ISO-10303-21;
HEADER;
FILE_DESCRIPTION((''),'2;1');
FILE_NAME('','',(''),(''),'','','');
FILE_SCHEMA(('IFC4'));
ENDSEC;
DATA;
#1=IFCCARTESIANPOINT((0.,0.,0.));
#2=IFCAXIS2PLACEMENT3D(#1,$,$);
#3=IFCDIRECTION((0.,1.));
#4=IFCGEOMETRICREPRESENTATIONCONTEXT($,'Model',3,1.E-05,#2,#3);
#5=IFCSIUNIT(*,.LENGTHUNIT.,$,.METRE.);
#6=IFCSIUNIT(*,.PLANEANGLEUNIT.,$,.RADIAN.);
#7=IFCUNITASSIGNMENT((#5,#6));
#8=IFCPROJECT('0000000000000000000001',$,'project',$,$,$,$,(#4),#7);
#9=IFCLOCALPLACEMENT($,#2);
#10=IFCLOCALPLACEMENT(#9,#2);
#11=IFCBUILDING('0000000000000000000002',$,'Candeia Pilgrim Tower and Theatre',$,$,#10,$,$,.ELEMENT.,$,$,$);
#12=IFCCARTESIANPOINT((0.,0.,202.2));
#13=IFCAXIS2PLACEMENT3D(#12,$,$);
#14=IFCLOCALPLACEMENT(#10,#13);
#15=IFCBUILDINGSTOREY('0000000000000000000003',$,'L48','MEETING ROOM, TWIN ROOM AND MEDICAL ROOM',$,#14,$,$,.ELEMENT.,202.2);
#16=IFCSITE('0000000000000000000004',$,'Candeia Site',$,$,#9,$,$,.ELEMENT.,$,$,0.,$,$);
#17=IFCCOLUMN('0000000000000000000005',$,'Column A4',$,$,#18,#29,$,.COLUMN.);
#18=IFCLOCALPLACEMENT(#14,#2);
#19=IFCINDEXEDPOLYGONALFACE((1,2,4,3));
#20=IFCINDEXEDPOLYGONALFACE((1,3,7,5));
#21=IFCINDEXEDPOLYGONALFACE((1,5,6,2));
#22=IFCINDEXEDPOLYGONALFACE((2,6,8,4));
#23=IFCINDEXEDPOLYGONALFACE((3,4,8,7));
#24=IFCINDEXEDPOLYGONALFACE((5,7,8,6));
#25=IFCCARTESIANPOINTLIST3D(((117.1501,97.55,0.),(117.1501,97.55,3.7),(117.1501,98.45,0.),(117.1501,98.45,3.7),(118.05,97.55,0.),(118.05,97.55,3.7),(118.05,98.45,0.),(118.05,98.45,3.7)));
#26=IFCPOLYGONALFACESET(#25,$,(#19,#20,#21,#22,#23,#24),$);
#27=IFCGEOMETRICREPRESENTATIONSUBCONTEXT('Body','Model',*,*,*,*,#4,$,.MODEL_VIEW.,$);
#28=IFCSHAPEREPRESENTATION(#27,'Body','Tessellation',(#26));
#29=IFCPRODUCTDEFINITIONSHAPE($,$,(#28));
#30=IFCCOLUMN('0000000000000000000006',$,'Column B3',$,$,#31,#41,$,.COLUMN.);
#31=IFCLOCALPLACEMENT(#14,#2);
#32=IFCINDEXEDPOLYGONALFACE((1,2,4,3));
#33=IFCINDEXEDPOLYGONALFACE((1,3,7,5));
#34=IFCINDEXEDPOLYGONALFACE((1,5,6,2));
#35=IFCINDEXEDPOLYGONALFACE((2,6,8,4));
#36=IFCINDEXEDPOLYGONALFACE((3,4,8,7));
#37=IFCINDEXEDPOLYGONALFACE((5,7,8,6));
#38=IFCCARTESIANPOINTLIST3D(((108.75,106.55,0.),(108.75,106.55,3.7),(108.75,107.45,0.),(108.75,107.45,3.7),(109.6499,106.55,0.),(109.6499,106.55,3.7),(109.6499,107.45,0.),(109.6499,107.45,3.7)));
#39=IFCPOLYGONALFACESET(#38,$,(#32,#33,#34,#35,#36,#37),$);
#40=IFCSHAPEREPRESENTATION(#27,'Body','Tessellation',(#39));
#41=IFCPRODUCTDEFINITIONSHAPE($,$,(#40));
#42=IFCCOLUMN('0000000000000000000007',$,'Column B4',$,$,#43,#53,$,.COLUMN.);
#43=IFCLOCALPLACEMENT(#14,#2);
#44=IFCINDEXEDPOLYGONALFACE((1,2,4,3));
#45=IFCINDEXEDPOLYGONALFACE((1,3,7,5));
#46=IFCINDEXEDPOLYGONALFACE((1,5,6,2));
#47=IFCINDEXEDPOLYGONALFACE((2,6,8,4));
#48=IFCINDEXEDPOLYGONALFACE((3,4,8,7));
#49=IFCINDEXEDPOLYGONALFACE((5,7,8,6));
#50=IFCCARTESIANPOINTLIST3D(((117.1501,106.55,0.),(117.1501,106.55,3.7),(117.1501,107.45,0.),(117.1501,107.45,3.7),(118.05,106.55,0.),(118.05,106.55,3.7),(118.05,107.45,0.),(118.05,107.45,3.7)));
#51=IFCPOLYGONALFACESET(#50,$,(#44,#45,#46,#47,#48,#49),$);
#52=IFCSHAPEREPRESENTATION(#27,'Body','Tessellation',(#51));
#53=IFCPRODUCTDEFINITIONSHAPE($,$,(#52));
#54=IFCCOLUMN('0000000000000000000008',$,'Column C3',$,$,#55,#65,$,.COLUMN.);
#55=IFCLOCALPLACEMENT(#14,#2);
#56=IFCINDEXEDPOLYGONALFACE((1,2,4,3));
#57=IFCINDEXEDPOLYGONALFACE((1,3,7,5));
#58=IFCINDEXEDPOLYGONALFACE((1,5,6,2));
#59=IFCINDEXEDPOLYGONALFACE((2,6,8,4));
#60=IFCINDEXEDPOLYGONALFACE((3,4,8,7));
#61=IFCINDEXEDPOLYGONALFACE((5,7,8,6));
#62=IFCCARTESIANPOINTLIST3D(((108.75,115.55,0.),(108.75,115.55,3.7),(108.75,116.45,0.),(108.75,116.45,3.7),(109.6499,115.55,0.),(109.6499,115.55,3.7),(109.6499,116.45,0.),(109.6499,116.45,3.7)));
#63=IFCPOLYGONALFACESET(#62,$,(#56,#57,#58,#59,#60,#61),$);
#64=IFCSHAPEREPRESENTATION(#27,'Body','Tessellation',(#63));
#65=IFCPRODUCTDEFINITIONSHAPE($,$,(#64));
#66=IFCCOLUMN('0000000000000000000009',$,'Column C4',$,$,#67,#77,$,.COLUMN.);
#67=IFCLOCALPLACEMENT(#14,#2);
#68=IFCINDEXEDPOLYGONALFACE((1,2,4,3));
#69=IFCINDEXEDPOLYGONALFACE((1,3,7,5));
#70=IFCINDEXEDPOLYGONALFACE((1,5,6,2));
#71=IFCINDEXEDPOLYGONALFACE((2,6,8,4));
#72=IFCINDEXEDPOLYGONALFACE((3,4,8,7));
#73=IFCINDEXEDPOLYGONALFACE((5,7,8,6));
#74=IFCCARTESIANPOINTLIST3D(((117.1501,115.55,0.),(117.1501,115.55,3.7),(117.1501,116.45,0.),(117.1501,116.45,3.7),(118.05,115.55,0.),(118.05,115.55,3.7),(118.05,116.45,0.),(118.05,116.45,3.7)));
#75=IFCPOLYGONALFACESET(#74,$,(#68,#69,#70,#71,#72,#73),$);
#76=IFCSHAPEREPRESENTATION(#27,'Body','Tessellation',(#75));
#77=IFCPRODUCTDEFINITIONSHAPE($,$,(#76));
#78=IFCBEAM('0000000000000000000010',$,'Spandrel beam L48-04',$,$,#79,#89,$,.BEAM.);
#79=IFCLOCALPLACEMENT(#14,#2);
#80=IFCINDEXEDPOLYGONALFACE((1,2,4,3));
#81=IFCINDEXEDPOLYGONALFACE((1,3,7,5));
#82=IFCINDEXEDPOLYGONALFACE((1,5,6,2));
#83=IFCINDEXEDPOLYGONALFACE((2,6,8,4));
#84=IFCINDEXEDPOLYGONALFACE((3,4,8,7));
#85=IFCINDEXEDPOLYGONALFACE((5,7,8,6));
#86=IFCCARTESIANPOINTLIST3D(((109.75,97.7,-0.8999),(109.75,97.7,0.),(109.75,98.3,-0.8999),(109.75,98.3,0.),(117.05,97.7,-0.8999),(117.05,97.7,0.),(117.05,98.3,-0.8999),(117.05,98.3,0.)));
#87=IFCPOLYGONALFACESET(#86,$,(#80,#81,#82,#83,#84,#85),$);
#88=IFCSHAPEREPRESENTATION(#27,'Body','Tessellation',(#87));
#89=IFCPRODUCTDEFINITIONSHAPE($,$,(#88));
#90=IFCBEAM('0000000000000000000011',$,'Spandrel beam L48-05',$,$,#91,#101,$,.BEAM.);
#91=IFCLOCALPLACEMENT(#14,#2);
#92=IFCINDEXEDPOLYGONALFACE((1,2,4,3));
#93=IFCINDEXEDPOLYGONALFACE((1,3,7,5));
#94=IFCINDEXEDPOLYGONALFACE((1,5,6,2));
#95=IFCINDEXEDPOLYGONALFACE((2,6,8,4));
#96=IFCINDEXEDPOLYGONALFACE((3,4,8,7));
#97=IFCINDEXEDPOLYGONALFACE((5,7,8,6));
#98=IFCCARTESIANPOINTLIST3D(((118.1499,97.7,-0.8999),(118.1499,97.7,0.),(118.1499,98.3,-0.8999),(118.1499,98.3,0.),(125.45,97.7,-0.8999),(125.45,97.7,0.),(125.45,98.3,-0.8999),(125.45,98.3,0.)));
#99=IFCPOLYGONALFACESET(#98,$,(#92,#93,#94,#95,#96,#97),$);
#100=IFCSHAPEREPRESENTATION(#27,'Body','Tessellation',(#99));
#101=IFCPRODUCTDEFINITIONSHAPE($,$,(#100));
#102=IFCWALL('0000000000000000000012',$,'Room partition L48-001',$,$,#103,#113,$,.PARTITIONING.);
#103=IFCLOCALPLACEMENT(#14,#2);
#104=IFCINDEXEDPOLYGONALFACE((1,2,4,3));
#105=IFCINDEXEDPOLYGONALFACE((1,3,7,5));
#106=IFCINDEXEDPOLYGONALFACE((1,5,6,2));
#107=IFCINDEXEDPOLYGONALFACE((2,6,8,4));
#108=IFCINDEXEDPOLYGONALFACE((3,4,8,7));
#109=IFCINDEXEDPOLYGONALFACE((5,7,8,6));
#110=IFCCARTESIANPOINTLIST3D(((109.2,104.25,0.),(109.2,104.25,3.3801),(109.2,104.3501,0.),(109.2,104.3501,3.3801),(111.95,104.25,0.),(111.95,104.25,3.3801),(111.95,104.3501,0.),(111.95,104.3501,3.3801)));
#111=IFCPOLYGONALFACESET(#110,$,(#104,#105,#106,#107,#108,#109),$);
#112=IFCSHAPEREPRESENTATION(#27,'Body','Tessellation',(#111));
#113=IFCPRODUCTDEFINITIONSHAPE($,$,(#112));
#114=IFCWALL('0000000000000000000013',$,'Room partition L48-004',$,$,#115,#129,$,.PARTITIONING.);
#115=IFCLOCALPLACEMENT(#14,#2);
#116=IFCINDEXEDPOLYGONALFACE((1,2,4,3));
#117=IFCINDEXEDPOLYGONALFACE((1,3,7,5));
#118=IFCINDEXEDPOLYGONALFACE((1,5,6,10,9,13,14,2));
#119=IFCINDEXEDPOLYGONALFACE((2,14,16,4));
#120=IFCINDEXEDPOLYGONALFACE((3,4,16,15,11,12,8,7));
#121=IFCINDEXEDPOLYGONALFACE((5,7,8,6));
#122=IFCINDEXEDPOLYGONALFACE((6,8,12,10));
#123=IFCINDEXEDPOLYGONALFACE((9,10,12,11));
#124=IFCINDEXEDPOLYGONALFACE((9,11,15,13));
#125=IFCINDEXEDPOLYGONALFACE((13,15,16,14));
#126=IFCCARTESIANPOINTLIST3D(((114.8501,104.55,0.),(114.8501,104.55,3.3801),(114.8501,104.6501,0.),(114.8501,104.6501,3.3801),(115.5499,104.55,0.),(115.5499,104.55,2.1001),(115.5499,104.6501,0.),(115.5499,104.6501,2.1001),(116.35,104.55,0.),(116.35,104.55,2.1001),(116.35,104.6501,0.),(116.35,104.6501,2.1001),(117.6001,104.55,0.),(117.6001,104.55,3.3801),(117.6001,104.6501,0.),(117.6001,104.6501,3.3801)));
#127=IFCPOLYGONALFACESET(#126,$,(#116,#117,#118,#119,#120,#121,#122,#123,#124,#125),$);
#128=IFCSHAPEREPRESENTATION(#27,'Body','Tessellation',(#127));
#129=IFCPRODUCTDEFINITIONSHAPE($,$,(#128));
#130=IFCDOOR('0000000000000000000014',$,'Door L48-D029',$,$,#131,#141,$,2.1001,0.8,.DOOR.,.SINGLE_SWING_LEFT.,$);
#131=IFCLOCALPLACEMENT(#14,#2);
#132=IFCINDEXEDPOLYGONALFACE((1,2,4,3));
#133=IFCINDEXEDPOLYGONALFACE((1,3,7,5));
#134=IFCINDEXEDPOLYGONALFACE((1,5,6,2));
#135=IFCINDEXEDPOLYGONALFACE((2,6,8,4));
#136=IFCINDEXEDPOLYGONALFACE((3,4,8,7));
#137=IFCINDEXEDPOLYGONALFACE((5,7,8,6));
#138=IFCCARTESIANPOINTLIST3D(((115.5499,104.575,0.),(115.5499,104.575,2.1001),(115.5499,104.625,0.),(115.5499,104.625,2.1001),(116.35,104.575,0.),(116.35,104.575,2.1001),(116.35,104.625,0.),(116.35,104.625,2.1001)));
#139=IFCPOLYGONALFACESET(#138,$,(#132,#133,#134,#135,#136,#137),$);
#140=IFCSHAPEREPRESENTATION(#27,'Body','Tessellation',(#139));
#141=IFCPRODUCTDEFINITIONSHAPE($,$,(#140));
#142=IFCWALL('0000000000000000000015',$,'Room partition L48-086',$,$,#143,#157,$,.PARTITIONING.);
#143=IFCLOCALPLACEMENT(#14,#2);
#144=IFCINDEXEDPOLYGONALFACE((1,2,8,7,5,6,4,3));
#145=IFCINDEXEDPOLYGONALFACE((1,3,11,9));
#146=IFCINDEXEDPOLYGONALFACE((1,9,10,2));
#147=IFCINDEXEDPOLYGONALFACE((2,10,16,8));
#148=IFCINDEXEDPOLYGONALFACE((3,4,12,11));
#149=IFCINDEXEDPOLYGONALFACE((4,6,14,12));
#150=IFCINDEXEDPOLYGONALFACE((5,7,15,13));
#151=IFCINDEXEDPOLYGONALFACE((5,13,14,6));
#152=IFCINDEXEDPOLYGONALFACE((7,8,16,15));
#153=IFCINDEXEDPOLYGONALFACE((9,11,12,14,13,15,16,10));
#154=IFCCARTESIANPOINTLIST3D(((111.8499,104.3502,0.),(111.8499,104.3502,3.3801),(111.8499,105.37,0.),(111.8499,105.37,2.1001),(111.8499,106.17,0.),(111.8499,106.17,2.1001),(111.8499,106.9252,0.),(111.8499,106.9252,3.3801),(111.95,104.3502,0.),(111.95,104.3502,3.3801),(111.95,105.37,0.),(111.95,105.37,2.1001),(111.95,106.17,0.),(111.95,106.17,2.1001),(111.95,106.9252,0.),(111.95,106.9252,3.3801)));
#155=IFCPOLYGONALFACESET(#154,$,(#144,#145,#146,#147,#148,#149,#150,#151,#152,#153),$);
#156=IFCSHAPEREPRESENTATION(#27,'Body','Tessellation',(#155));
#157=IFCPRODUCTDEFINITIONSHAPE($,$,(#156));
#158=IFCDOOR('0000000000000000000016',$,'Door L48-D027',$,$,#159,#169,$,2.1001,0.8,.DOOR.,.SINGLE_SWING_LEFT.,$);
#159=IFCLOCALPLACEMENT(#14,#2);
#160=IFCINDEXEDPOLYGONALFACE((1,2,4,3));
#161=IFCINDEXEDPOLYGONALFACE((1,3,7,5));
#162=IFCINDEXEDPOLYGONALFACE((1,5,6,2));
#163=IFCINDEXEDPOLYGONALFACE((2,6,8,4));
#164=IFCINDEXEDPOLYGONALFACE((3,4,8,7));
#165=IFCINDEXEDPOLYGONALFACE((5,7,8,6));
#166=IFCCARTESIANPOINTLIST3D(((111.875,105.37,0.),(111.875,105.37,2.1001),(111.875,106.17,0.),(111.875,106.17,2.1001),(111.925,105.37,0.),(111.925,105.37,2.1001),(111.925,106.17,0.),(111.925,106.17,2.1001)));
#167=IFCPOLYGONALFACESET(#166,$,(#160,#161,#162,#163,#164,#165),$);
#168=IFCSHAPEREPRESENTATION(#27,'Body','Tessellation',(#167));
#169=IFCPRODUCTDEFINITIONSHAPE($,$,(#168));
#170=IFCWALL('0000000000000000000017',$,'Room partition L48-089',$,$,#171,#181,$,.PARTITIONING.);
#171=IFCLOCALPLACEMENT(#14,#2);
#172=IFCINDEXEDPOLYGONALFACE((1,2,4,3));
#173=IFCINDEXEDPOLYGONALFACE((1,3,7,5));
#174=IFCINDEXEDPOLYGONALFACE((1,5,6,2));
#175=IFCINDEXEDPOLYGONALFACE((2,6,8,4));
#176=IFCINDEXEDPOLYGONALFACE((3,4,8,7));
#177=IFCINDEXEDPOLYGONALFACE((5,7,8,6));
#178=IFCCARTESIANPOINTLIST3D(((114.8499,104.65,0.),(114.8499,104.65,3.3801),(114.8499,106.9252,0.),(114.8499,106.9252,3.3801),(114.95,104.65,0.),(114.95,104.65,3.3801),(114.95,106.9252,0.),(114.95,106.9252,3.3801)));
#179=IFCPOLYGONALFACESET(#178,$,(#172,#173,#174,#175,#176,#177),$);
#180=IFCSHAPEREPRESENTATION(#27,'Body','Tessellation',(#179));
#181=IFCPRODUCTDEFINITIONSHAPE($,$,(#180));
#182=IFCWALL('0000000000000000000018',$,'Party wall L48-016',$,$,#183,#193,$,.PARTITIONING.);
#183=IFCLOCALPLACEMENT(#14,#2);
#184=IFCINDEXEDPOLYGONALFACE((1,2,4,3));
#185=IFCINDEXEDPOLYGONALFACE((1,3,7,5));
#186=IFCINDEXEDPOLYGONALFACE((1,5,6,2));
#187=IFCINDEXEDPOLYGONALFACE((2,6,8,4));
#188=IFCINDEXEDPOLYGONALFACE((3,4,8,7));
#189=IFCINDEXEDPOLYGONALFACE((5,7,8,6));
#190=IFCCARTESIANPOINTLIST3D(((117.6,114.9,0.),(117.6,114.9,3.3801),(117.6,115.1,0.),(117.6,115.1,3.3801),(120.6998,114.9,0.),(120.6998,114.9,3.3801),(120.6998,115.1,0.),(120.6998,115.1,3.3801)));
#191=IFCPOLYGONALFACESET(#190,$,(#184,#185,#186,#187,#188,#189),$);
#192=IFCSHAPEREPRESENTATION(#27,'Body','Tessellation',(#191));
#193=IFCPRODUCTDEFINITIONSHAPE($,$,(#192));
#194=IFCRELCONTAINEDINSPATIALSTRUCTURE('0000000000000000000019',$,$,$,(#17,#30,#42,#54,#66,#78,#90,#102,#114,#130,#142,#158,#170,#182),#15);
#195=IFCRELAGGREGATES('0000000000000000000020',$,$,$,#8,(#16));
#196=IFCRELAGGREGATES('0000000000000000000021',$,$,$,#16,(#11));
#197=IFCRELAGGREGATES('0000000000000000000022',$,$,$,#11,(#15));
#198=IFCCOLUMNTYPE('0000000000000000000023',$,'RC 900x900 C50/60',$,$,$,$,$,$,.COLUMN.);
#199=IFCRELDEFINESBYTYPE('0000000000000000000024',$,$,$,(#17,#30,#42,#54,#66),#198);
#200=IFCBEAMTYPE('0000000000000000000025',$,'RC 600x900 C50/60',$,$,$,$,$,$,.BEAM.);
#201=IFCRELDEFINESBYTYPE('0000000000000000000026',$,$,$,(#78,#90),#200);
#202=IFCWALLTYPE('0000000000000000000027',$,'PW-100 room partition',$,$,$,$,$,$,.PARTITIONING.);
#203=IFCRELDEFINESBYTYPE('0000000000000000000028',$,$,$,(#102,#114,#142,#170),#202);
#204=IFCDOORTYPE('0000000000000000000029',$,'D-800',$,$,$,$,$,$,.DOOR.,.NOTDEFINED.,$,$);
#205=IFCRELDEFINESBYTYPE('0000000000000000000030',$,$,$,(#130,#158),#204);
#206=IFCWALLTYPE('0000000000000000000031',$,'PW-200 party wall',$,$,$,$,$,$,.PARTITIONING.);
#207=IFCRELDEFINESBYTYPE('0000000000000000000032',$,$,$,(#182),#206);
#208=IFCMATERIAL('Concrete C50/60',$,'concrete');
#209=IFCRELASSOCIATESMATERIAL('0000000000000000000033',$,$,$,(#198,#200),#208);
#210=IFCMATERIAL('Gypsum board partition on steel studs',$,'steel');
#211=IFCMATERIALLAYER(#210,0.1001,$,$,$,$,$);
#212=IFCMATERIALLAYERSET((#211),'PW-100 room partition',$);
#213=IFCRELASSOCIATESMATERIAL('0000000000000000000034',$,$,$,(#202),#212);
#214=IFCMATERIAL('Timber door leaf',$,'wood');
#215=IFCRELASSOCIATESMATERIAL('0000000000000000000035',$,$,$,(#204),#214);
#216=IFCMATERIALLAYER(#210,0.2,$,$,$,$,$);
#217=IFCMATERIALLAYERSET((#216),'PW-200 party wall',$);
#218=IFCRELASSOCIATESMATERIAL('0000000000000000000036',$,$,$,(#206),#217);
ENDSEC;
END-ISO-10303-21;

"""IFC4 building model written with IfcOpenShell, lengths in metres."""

from ifc_helpers import new_model, si_unit, direction, frame, frame_2d, origin, origin_2d, place, context, subcontext, project, spatial, rectangle, extrude, material, layer, layer_set, material_profile, profile_set, type_object, element, fill, save


model = new_model("IFC4")

# Units and contexts
model_context = context("Model", 3, precision=1e-05, world=origin(), true_north=direction((0.0, 1.0)))
body_context = subcontext(model_context, "Body", "Model", "MODEL_VIEW")
ifc_project = project(units=[si_unit("LENGTHUNIT", "METRE"), si_unit("PLANEANGLEUNIT", "RADIAN")], contexts=[model_context])

# Site, building, storey
site_placement = place(None, origin())
site = spatial("IfcSite", under=ifc_project, at=site_placement, Name="Candeia Site", CompositionType="ELEMENT", RefElevation=0.0)
building_placement = place(site_placement, origin())
building = spatial("IfcBuilding", under=site, at=building_placement, Name="Candeia Pilgrim Tower and Theatre", CompositionType="ELEMENT")
storey_placement = place(building_placement, frame((0.0, 0.0, 202.2)))
storey = spatial("IfcBuildingStorey", under=building, at=storey_placement, Name="L48", Description="MEETING ROOM, TWIN ROOM AND MEDICAL ROOM", CompositionType="ELEMENT", Elevation=202.2)

# Columns
ifc_material_1 = material(Name="Concrete C50/60", Category="concrete")
ifc_material_profile_1 = material_profile(ifc_material_1, rectangle(XDim=0.8999, YDim=0.8999, at=origin_2d()))
ifc_profile_set_1 = profile_set([ifc_material_profile_1], Name="Concrete C50/60")
column_type = type_object("IfcColumnType", Name="RC 900x900 C50/60", PredefinedType="COLUMN", material=ifc_profile_set_1)
for number, where, z_axis, x_axis, name in (
    (1, (117.6001, 98.0, 0.0), (0.0, 0.0, 1.0), (1.0, 0.0, 0.0), "Column A4"),
    (2, (109.2, 107.0, 0.0), (0.0, 0.0, 1.0), (1.0, 0.0, 0.0), "Column B3"),
    (3, (117.6001, 107.0, 0.0), (0.0, 0.0, 1.0), (1.0, 0.0, 0.0), "Column B4"),
    (4, (109.2, 116.0, 0.0), (0.0, 0.0, 1.0), (1.0, 0.0, 0.0), "Column C3"),
    (5, (117.6001, 116.0, 0.0), (0.0, 0.0, 1.0), (1.0, 0.0, 0.0), "Column C4"),
):
    element("IfcColumn", number, at=place(storey_placement, frame(where, z_axis=z_axis, x_axis=x_axis)), inside=storey, type_object=column_type, Name=name, PredefinedType="COLUMN", context=body_context, shape_type="SweptSolid", body=[
        extrude(rectangle(XDim=0.8999, YDim=0.8999, at=origin_2d()), origin(), (0.0, 0.0, 1.0), 3.7),
    ])

# Beams
ifc_material_profile_2 = material_profile(ifc_material_1, rectangle(XDim=0.6001, YDim=0.8999, at=origin_2d()))
ifc_profile_set_2 = profile_set([ifc_material_profile_2], Name="Concrete C50/60")
beam_type = type_object("IfcBeamType", Name="RC 600x900 C50/60", PredefinedType="BEAM", material=ifc_profile_set_2)
for number, where, z_axis, x_axis, name in (
    (6, (109.75, 98.0, -0.45), (1.0, 0.0, 0.0), (0.0, 1.0, 0.0), "Spandrel beam L48-04"),
    (7, (118.1499, 98.0, -0.45), (1.0, 0.0, 0.0), (0.0, 1.0, 0.0), "Spandrel beam L48-05"),
):
    element("IfcBeam", number, at=place(storey_placement, frame(where, z_axis=z_axis, x_axis=x_axis)), inside=storey, type_object=beam_type, Name=name, PredefinedType="BEAM", context=body_context, shape_type="SweptSolid", body=[
        extrude(rectangle(XDim=0.6001, YDim=0.8999, at=origin_2d()), origin(), (0.0, 0.0, 1.0), 7.3),
    ])

# Wall
ifc_material_2 = material(Name="Gypsum board partition on steel studs", Category="steel")
ifc_layer_1 = layer(ifc_material_2, 0.1001)
ifc_layer_set_1 = layer_set([ifc_layer_1], Name="PW-100 room partition")
wall_type_1 = type_object("IfcWallType", Name="PW-100 room partition", PredefinedType="PARTITIONING", material=ifc_layer_set_1)
wall_1_placement = place(storey_placement, frame((109.2, 104.3, 0.0), z_axis=(0.0, 0.0, 1.0), x_axis=(1.0, 0.0, 0.0)))
element("IfcWall", 8, at=wall_1_placement, inside=storey, type_object=wall_type_1, Name="Room partition L48-001", PredefinedType="PARTITIONING", context=body_context, shape_type="SweptSolid", body=[
    extrude(rectangle(XDim=2.75, YDim=0.1001, at=frame_2d((1.375, 0.0))), origin(), (0.0, 0.0, 1.0), 3.3801),
])

# Walls, openings, doors
wall_2_placement = place(storey_placement, frame((114.8501, 104.6001, 0.0), z_axis=(0.0, 0.0, 1.0), x_axis=(1.0, 0.0, 0.0)))
wall_2 = element("IfcWall", 9, at=wall_2_placement, inside=storey, type_object=wall_type_1, Name="Room partition L48-004", PredefinedType="PARTITIONING", context=body_context, shape_type="SweptSolid", body=[
    extrude(rectangle(XDim=2.75, YDim=0.1001, at=frame_2d((1.375, 0.0))), origin(), (0.0, 0.0, 1.0), 3.3801),
])
opening_1_placement = place(wall_2_placement, frame((0.7, 0.0, 0.0)))
opening_1 = element("IfcOpeningElement", 10, at=opening_1_placement, cuts=wall_2, PredefinedType="OPENING", context=body_context, shape_type="SweptSolid", body=[
    extrude(rectangle(XDim=0.8, YDim=2.1001, at=frame_2d((0.3999, 1.05))), frame((0.0, 0.0601, 0.0), z_axis=(0.0, -1.0, 0.0), x_axis=(1.0, 0.0, 0.0)), (0.0, 0.0, 1.0), 0.1201),
])
ifc_material_3 = material(Name="Timber door leaf", Category="wood")
door_type = type_object("IfcDoorType", Name="D-800", OperationType="NOTDEFINED", PredefinedType="DOOR", material=ifc_material_3)
door_1_placement = place(opening_1_placement, origin())
door_1 = element("IfcDoor", 11, at=door_1_placement, inside=storey, type_object=door_type, Name="Door L48-D029", OperationType="SINGLE_SWING_LEFT", OverallHeight=2.1001, OverallWidth=0.8, PredefinedType="DOOR", context=body_context, shape_type="SweptSolid", body=[
    extrude(rectangle(XDim=0.8, YDim=2.1001, at=frame_2d((0.3999, 1.05))), frame((0.0, 0.0249, 0.0), z_axis=(0.0, -1.0, 0.0), x_axis=(1.0, 0.0, 0.0)), (0.0, 0.0, 1.0), 0.05),
])
fill(opening_1, door_1)
wall_3_placement = place(storey_placement, frame((111.8999, 104.3501, 0.0), z_axis=(0.0, 0.0, 1.0), x_axis=(0.0, 1.0, 0.0)))
wall_3 = element("IfcWall", 12, at=wall_3_placement, inside=storey, type_object=wall_type_1, Name="Room partition L48-086", PredefinedType="PARTITIONING", context=body_context, shape_type="SweptSolid", body=[
    extrude(rectangle(XDim=2.575, YDim=0.1001, at=frame_2d((1.2876, 0.0))), origin(), (0.0, 0.0, 1.0), 3.3801),
])
opening_2_placement = place(wall_3_placement, frame((1.02, 0.0, 0.0)))
opening_2 = element("IfcOpeningElement", 13, at=opening_2_placement, cuts=wall_3, PredefinedType="OPENING", context=body_context, shape_type="SweptSolid", body=[
    extrude(rectangle(XDim=0.8, YDim=2.1001, at=frame_2d((0.3999, 1.05))), frame((0.0, 0.0601, 0.0), z_axis=(0.0, -1.0, 0.0), x_axis=(1.0, 0.0, 0.0)), (0.0, 0.0, 1.0), 0.1201),
])
door_2_placement = place(opening_2_placement, origin())
door_2 = element("IfcDoor", 14, at=door_2_placement, inside=storey, type_object=door_type, Name="Door L48-D027", OperationType="SINGLE_SWING_LEFT", OverallHeight=2.1001, OverallWidth=0.8, PredefinedType="DOOR", context=body_context, shape_type="SweptSolid", body=[
    extrude(rectangle(XDim=0.8, YDim=2.1001, at=frame_2d((0.3999, 1.05))), frame((0.0, 0.0249, 0.0), z_axis=(0.0, -1.0, 0.0), x_axis=(1.0, 0.0, 0.0)), (0.0, 0.0, 1.0), 0.05),
])
fill(opening_2, door_2)

# Walls
wall_4_placement = place(storey_placement, frame((114.8999, 104.6499, 0.0), z_axis=(0.0, 0.0, 1.0), x_axis=(0.0, 1.0, 0.0)))
element("IfcWall", 15, at=wall_4_placement, inside=storey, type_object=wall_type_1, Name="Room partition L48-089", PredefinedType="PARTITIONING", context=body_context, shape_type="SweptSolid", body=[
    extrude(rectangle(XDim=2.2751, YDim=0.1001, at=frame_2d((1.1377, 0.0))), origin(), (0.0, 0.0, 1.0), 3.3801),
])
ifc_layer_2 = layer(ifc_material_2, 0.2)
ifc_layer_set_2 = layer_set([ifc_layer_2], Name="PW-200 party wall")
wall_type_2 = type_object("IfcWallType", Name="PW-200 party wall", PredefinedType="PARTITIONING", material=ifc_layer_set_2)
wall_5_placement = place(storey_placement, frame((117.6001, 115.0, 0.0), z_axis=(0.0, 0.0, 1.0), x_axis=(1.0, 0.0, 0.0)))
element("IfcWall", 16, at=wall_5_placement, inside=storey, type_object=wall_type_2, Name="Party wall L48-016", PredefinedType="PARTITIONING", context=body_context, shape_type="SweptSolid", body=[
    extrude(rectangle(XDim=3.0999, YDim=0.2, at=frame_2d((1.5498, 0.0))), origin(), (0.0, 0.0, 1.0), 3.3801),
])

save(model, "model.ifc")
